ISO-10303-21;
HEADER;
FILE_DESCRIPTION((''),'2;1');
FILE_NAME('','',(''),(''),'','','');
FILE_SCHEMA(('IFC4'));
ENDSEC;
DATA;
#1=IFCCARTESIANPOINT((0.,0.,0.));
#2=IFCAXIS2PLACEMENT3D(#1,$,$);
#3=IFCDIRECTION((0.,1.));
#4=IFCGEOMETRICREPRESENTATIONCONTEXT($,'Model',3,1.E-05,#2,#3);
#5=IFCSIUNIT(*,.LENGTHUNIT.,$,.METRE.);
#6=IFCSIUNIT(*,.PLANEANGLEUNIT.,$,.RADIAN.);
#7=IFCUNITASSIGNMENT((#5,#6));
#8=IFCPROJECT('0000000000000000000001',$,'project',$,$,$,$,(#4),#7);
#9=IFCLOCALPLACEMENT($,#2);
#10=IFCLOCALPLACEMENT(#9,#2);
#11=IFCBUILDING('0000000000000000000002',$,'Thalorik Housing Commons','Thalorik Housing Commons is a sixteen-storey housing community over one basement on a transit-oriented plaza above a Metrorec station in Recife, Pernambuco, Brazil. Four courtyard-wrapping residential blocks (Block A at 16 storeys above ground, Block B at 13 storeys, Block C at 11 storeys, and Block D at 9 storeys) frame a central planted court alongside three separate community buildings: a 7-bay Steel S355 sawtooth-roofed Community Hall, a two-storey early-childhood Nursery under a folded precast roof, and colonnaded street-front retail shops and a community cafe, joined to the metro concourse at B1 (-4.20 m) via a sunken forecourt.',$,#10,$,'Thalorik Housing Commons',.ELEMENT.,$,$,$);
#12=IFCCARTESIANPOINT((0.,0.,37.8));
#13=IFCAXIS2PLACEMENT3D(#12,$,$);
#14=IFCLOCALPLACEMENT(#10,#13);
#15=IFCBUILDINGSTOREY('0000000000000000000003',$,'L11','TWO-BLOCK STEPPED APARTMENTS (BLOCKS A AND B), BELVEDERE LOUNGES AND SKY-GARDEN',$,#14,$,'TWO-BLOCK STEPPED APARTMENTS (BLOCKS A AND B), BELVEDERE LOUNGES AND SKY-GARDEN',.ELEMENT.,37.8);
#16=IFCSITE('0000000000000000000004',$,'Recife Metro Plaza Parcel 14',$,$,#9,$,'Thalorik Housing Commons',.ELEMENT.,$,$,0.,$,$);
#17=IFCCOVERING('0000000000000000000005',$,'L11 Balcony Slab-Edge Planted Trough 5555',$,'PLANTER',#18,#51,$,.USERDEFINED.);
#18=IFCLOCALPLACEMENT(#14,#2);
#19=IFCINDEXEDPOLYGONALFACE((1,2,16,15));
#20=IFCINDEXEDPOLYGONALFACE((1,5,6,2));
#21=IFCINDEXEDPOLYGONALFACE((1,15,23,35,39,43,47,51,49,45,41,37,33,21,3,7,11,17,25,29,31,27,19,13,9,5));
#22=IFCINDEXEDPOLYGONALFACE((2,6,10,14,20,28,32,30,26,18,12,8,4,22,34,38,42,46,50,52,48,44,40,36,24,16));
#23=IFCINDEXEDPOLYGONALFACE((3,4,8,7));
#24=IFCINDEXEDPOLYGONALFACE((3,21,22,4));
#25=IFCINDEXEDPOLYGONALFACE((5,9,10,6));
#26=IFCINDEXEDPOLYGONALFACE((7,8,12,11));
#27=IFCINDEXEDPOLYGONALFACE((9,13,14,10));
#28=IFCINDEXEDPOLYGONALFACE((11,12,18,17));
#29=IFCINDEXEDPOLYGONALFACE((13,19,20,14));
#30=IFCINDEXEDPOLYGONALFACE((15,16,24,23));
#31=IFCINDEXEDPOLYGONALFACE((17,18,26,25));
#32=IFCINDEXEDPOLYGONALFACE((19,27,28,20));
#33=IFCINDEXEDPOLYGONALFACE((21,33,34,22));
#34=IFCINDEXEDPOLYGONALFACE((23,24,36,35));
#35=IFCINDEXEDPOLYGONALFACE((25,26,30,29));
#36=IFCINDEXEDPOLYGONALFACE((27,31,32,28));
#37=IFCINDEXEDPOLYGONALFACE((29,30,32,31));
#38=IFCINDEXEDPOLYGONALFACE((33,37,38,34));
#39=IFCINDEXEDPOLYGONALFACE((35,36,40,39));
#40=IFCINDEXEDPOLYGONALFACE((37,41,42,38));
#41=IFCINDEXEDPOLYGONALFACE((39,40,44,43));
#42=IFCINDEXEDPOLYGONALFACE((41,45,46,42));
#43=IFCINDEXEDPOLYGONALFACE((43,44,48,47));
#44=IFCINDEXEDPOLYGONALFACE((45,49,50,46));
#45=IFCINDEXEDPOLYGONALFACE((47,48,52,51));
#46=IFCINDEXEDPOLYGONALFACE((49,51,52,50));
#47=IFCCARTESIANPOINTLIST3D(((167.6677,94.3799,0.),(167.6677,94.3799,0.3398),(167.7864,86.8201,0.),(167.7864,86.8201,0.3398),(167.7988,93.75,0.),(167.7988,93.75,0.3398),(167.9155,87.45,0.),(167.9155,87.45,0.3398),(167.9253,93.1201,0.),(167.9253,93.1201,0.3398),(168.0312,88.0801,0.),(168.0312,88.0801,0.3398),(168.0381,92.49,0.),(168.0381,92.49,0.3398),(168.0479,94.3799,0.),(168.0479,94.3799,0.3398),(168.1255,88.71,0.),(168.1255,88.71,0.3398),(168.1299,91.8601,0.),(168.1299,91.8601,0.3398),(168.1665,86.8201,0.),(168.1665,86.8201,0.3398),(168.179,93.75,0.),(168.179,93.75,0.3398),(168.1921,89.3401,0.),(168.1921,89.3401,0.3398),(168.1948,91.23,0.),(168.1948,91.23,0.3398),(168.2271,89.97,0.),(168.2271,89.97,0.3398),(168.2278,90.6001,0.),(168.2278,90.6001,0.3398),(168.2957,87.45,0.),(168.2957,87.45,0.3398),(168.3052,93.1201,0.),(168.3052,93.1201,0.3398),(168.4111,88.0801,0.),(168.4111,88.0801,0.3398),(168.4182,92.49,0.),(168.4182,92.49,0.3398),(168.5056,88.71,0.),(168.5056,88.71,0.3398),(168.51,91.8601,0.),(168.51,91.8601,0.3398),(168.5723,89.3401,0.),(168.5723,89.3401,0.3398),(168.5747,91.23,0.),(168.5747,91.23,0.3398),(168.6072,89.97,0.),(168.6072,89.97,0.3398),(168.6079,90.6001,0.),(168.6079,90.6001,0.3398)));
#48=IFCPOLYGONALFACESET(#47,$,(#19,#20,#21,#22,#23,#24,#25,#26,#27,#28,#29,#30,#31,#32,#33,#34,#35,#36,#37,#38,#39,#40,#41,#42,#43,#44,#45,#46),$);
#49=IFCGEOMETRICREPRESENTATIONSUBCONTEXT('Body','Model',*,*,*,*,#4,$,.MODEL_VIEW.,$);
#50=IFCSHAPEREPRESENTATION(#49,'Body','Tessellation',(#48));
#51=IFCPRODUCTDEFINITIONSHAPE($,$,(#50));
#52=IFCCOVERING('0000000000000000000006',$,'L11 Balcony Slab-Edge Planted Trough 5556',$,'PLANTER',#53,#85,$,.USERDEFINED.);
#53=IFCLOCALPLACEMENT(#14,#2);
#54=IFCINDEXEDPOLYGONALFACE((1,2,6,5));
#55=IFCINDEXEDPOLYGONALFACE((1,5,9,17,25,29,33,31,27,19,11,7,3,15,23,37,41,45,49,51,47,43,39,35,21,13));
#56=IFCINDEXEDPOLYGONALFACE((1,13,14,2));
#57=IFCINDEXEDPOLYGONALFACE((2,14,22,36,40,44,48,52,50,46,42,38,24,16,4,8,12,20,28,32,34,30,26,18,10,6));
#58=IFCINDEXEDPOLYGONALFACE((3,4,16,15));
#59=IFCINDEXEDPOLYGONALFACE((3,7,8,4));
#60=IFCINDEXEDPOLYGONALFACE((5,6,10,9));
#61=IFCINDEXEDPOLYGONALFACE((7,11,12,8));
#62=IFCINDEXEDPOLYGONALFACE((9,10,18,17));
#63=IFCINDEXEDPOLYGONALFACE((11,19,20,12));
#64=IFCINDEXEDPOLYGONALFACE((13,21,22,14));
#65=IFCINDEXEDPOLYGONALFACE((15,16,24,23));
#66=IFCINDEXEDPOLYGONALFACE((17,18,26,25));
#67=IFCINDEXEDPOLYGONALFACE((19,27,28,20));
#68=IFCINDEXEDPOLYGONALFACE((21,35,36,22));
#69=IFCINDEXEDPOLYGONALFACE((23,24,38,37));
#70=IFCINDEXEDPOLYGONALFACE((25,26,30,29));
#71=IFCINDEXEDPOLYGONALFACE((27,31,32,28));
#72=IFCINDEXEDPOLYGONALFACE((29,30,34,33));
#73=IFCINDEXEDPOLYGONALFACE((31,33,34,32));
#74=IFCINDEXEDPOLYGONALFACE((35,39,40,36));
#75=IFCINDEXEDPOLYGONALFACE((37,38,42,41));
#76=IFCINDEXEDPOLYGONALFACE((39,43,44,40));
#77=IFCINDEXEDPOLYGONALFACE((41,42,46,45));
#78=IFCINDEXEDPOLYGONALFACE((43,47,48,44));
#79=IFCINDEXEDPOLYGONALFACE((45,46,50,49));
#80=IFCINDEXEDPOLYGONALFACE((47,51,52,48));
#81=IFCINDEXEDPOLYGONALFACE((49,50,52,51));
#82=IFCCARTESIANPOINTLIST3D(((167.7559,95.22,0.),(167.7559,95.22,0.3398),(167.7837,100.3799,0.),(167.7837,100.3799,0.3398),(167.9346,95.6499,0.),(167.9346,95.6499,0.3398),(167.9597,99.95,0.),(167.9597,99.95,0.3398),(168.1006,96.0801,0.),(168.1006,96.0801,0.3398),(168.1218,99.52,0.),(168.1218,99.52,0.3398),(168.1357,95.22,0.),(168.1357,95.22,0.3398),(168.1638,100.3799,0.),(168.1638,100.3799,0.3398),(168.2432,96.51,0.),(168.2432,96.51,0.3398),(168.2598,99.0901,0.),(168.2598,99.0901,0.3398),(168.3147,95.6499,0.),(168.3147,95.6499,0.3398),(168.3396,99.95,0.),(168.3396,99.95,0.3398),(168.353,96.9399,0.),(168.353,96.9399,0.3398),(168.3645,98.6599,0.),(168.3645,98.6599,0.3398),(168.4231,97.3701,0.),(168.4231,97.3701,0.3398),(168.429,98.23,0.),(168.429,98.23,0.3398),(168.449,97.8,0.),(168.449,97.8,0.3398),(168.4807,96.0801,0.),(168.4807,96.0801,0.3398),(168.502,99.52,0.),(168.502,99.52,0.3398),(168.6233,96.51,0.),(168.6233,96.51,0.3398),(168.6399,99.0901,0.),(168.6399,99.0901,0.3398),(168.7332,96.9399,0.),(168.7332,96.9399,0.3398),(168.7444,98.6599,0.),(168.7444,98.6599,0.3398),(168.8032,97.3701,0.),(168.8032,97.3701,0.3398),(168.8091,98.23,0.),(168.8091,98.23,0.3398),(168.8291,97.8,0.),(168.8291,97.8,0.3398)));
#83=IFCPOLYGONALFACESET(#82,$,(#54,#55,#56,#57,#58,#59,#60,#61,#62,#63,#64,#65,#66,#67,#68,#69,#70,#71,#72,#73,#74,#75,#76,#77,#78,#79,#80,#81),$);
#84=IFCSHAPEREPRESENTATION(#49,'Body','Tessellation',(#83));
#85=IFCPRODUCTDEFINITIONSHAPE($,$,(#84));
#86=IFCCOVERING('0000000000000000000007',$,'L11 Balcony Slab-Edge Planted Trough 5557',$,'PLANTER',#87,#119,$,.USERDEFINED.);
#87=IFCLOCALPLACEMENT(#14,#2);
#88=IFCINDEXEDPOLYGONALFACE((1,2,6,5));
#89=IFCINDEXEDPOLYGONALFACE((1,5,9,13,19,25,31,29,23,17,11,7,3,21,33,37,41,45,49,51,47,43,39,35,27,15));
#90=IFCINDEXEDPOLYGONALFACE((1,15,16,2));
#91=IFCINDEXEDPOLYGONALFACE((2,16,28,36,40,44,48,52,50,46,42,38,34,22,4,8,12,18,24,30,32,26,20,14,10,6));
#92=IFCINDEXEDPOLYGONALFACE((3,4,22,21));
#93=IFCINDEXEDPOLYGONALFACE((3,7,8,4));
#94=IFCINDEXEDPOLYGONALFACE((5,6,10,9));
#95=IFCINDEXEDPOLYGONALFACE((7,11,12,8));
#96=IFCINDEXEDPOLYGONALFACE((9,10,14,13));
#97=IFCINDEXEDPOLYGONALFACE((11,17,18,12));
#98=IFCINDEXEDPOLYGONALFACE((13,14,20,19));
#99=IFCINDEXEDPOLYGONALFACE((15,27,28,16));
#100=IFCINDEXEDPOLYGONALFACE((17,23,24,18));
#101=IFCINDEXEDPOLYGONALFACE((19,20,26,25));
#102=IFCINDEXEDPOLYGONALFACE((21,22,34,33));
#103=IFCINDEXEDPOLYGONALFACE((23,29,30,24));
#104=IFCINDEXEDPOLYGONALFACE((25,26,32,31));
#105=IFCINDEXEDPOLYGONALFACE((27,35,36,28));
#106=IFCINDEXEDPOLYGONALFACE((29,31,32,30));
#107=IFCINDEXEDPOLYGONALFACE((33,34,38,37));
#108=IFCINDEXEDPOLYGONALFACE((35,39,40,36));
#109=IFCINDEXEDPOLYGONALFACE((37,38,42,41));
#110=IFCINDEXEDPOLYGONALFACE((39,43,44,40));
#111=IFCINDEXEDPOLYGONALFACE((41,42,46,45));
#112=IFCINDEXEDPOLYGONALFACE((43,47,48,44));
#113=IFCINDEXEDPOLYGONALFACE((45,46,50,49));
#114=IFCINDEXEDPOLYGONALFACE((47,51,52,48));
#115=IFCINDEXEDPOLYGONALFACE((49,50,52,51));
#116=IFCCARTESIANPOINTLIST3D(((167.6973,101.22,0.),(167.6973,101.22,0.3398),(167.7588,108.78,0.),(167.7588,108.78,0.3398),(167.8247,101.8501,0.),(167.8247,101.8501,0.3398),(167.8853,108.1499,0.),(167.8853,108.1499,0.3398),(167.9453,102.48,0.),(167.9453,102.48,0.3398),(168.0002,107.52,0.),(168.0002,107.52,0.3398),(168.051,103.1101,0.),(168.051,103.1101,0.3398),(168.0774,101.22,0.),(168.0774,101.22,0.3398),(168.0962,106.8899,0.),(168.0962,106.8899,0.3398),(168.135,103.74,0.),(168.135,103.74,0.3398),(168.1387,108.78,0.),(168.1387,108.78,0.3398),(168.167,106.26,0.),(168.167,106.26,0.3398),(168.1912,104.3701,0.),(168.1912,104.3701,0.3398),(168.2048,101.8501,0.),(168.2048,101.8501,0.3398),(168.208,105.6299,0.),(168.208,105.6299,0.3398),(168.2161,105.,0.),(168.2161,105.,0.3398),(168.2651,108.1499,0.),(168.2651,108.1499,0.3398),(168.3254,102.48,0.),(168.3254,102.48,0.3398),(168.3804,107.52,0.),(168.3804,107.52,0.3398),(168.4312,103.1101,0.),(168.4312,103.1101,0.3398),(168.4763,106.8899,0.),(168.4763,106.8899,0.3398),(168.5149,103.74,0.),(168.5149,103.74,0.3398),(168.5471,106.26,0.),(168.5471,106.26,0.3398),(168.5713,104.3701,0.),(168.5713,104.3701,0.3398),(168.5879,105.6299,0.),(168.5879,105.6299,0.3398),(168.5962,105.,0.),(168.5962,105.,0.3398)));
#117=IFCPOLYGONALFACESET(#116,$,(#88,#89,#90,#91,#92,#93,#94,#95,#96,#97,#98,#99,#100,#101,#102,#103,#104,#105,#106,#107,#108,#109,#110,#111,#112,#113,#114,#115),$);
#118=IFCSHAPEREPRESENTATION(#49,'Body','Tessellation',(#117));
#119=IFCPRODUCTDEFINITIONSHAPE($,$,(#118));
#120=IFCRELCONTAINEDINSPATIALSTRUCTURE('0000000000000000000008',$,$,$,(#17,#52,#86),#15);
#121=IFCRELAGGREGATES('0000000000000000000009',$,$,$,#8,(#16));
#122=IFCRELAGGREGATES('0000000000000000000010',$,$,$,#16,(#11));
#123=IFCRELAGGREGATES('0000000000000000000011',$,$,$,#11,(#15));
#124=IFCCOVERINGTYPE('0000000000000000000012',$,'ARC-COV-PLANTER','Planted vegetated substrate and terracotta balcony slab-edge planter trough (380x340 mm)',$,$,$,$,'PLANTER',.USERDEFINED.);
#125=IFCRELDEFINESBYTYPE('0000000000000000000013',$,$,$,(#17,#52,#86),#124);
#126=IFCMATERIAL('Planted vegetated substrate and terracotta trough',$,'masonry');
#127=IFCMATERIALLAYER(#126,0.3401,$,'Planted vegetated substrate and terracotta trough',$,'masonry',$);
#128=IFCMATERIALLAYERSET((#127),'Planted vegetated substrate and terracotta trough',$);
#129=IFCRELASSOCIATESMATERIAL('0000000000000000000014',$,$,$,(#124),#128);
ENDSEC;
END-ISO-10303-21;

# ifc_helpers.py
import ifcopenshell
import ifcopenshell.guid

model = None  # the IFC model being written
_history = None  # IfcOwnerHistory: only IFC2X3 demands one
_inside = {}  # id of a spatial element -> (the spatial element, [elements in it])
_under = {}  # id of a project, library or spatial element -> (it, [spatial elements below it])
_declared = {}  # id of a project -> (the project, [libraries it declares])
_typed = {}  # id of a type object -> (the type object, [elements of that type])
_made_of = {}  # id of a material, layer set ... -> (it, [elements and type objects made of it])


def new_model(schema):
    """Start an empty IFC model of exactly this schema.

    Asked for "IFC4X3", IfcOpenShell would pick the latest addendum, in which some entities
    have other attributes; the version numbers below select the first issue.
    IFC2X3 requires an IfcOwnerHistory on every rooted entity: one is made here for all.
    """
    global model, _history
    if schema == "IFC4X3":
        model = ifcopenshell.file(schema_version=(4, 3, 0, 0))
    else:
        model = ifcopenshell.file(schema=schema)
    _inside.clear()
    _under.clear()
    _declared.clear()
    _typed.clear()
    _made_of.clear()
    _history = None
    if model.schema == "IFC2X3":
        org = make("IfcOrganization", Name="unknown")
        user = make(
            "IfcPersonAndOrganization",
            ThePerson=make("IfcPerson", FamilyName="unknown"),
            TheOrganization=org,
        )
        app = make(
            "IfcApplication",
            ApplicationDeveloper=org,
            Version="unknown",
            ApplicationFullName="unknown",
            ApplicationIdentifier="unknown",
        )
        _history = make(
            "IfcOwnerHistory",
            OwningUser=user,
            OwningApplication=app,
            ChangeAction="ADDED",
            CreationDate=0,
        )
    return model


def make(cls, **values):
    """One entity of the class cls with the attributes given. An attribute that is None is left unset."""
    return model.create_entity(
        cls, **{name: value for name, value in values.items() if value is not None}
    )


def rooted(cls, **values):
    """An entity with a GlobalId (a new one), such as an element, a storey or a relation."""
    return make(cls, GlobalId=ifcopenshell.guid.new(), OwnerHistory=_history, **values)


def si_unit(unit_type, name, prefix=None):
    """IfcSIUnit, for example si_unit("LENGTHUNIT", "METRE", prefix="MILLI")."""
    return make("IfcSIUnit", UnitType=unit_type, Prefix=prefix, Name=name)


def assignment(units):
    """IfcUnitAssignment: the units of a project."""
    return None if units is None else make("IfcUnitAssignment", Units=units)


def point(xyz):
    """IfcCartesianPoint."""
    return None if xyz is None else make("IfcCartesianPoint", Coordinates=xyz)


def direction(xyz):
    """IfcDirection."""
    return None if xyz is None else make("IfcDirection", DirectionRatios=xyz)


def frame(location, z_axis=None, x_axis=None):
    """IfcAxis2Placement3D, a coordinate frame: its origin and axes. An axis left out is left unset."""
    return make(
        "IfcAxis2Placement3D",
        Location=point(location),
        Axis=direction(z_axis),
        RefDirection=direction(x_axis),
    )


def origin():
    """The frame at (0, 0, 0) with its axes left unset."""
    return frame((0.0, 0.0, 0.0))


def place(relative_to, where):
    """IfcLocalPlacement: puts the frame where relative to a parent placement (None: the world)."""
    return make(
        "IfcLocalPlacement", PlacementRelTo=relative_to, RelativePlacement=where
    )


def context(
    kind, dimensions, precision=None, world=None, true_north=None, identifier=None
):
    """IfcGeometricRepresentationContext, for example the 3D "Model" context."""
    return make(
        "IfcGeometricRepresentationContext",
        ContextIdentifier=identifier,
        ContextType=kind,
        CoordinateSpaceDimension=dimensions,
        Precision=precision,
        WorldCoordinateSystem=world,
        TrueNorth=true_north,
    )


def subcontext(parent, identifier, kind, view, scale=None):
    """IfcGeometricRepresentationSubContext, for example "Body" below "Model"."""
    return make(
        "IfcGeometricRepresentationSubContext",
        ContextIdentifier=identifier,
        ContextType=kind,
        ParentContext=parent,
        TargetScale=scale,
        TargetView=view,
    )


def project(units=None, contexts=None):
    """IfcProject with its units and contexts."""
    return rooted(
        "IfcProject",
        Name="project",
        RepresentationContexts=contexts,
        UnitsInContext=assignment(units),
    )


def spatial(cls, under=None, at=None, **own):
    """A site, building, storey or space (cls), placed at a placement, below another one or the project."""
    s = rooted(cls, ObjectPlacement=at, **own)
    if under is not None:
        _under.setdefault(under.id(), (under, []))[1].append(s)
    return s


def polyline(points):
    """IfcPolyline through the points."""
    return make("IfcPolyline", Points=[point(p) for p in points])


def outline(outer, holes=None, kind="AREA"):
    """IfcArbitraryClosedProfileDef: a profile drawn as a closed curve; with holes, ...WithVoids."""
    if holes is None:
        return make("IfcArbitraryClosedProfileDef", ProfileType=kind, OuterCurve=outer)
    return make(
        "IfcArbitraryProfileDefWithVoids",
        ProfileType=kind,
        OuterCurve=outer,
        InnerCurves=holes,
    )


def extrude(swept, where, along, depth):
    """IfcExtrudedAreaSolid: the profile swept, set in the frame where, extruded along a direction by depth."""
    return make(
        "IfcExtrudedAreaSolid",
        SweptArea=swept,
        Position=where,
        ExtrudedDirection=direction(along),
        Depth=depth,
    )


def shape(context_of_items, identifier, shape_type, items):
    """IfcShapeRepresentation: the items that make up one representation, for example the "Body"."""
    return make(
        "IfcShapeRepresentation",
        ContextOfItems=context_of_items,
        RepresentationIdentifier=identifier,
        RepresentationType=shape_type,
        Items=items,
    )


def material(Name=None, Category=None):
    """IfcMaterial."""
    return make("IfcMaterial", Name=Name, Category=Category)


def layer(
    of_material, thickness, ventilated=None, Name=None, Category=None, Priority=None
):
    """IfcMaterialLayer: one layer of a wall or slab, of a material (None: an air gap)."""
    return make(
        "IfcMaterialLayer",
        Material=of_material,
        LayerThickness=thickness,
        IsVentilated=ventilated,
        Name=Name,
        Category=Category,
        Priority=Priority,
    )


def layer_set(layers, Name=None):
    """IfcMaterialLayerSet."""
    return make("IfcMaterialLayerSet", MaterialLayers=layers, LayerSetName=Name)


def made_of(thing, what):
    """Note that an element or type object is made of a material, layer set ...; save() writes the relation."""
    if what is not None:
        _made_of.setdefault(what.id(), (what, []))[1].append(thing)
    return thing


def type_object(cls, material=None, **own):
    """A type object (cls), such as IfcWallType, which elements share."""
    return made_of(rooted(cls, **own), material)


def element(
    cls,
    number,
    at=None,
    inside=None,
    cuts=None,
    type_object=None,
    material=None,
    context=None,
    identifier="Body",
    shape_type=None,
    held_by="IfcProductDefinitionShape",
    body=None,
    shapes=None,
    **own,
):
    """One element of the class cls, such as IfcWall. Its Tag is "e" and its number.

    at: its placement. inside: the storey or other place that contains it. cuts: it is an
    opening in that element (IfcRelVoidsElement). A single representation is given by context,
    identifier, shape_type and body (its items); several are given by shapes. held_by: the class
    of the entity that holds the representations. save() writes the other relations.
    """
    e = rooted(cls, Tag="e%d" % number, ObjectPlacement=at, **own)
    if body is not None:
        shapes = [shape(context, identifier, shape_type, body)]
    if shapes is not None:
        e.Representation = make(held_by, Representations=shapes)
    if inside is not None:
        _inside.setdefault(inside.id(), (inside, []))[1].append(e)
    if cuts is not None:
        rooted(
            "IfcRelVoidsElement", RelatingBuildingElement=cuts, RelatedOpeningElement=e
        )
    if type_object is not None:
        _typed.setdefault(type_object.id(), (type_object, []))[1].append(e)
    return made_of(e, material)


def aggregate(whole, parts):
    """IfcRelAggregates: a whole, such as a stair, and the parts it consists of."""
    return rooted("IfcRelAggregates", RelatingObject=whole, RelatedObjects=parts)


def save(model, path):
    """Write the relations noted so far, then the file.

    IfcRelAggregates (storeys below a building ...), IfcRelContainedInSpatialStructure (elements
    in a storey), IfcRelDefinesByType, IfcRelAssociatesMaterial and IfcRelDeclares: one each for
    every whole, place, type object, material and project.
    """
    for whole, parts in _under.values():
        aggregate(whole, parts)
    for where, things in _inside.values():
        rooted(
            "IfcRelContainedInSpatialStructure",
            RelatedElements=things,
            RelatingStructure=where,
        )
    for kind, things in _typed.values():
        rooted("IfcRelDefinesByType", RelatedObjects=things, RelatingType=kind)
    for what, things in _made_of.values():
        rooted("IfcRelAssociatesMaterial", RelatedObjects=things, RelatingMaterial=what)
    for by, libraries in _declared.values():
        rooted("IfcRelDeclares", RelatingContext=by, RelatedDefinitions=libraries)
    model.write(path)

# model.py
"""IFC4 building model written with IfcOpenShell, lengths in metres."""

from ifc_helpers import new_model, si_unit, direction, frame, origin, place, context, subcontext, project, spatial, polyline, outline, extrude, material, layer, layer_set, type_object, element, save


model = new_model("IFC4")

# Units and contexts
model_context = context("Model", 3, precision=1e-05, world=origin(), true_north=direction((0.0, 1.0)))
body_context = subcontext(model_context, "Body", "Model", "MODEL_VIEW")
ifc_project = project(units=[si_unit("LENGTHUNIT", "METRE"), si_unit("PLANEANGLEUNIT", "RADIAN")], contexts=[model_context])

# Site, building, storey
site_placement = place(None, origin())
site = spatial("IfcSite", under=ifc_project, at=site_placement, Name="Recife Metro Plaza Parcel 14", LongName="Thalorik Housing Commons", CompositionType="ELEMENT", RefElevation=0.0)
building_placement = place(site_placement, origin())
building = spatial("IfcBuilding", under=site, at=building_placement, Name="Thalorik Housing Commons", Description="Thalorik Housing Commons is a sixteen-storey housing community over one basement on a transit-oriented plaza above a Metrorec station in Recife, Pernambuco, Brazil. Four courtyard-wrapping residential blocks (Block A at 16 storeys above ground, Block B at 13 storeys, Block C at 11 storeys, and Block D at 9 storeys) frame a central planted court alongside three separate community buildings: a 7-bay Steel S355 sawtooth-roofed Community Hall, a two-storey early-childhood Nursery under a folded precast roof, and colonnaded street-front retail shops and a community cafe, joined to the metro concourse at B1 (-4.20 m) via a sunken forecourt.", LongName="Thalorik Housing Commons", CompositionType="ELEMENT")
storey_placement = place(building_placement, frame((0.0, 0.0, 37.8)))
storey = spatial("IfcBuildingStorey", under=building, at=storey_placement, Name="L11", Description="TWO-BLOCK STEPPED APARTMENTS (BLOCKS A AND B), BELVEDERE LOUNGES AND SKY-GARDEN", LongName="TWO-BLOCK STEPPED APARTMENTS (BLOCKS A AND B), BELVEDERE LOUNGES AND SKY-GARDEN", CompositionType="ELEMENT", Elevation=37.8)

# Coverings
ifc_material_1 = material(Name="Planted vegetated substrate and terracotta trough", Category="masonry")
ifc_layer_1 = layer(ifc_material_1, 0.3401, Name="Planted vegetated substrate and terracotta trough", Category="masonry")
ifc_layer_set_1 = layer_set([ifc_layer_1], Name="Planted vegetated substrate and terracotta trough")
covering_type_1 = type_object("IfcCoveringType", Name="ARC-COV-PLANTER", Description="Planted vegetated substrate and terracotta balcony slab-edge planter trough (380x340 mm)", ElementType="PLANTER", PredefinedType="USERDEFINED", material=ifc_layer_set_1)
covering_1_placement = place(storey_placement, origin())
element("IfcCovering", 1, at=covering_1_placement, inside=storey, type_object=covering_type_1, Name="L11 Balcony Slab-Edge Planted Trough 5555", ObjectType="PLANTER", PredefinedType="USERDEFINED", context=body_context, shape_type="SweptSolid", body=[
    extrude(outline(polyline([(168.1665, 86.8201), (168.2957, 87.45), (168.4111, 88.0801), (168.5056, 88.71), (168.5723, 89.3401), (168.6072, 89.97), (168.6079, 90.6001), (168.5747, 91.23), (168.51, 91.8601), (168.4182, 92.49), (168.3052, 93.1201), (168.179, 93.75), (168.0479, 94.3799), (167.6677, 94.3799), (167.7988, 93.75), (167.9253, 93.1201), (168.0381, 92.49), (168.1299, 91.8601), (168.1948, 91.23), (168.2278, 90.6001), (168.2271, 89.97), (168.1921, 89.3401), (168.1255, 88.71), (168.0312, 88.0801), (167.9155, 87.45), (167.7864, 86.8201), (168.1665, 86.8201)])), origin(), (0.0, 0.0, 1.0), 0.3398),
])
covering_2_placement = place(storey_placement, origin())
element("IfcCovering", 2, at=covering_2_placement, inside=storey, type_object=covering_type_1, Name="L11 Balcony Slab-Edge Planted Trough 5556", ObjectType="PLANTER", PredefinedType="USERDEFINED", context=body_context, shape_type="SweptSolid", body=[
    extrude(outline(polyline([(168.1357, 95.22), (168.3147, 95.6499), (168.4807, 96.0801), (168.6233, 96.51), (168.7332, 96.9399), (168.8032, 97.3701), (168.8291, 97.8), (168.8091, 98.23), (168.7444, 98.6599), (168.6399, 99.0901), (168.502, 99.52), (168.3396, 99.95), (168.1638, 100.3799), (167.7837, 100.3799), (167.9597, 99.95), (168.1218, 99.52), (168.2598, 99.0901), (168.3645, 98.6599), (168.429, 98.23), (168.449, 97.8), (168.4231, 97.3701), (168.353, 96.9399), (168.2432, 96.51), (168.1006, 96.0801), (167.9346, 95.6499), (167.7559, 95.22), (168.1357, 95.22)])), origin(), (0.0, 0.0, 1.0), 0.3398),
])
covering_3_placement = place(storey_placement, origin())
element("IfcCovering", 3, at=covering_3_placement, inside=storey, type_object=covering_type_1, Name="L11 Balcony Slab-Edge Planted Trough 5557", ObjectType="PLANTER", PredefinedType="USERDEFINED", context=body_context, shape_type="SweptSolid", body=[
    extrude(outline(polyline([(168.0774, 101.22), (168.2048, 101.8501), (168.3254, 102.48), (168.4312, 103.1101), (168.5149, 103.74), (168.5713, 104.3701), (168.5962, 105.0), (168.5879, 105.6299), (168.5471, 106.26), (168.4763, 106.8899), (168.3804, 107.52), (168.2651, 108.1499), (168.1387, 108.78), (167.7588, 108.78), (167.8853, 108.1499), (168.0002, 107.52), (168.0962, 106.8899), (168.167, 106.26), (168.208, 105.6299), (168.2161, 105.0), (168.1912, 104.3701), (168.135, 103.74), (168.051, 103.1101), (167.9453, 102.48), (167.8247, 101.8501), (167.6973, 101.22), (168.0774, 101.22)])), origin(), (0.0, 0.0, 1.0), 0.3398),
])

save(model, "model.ifc")
